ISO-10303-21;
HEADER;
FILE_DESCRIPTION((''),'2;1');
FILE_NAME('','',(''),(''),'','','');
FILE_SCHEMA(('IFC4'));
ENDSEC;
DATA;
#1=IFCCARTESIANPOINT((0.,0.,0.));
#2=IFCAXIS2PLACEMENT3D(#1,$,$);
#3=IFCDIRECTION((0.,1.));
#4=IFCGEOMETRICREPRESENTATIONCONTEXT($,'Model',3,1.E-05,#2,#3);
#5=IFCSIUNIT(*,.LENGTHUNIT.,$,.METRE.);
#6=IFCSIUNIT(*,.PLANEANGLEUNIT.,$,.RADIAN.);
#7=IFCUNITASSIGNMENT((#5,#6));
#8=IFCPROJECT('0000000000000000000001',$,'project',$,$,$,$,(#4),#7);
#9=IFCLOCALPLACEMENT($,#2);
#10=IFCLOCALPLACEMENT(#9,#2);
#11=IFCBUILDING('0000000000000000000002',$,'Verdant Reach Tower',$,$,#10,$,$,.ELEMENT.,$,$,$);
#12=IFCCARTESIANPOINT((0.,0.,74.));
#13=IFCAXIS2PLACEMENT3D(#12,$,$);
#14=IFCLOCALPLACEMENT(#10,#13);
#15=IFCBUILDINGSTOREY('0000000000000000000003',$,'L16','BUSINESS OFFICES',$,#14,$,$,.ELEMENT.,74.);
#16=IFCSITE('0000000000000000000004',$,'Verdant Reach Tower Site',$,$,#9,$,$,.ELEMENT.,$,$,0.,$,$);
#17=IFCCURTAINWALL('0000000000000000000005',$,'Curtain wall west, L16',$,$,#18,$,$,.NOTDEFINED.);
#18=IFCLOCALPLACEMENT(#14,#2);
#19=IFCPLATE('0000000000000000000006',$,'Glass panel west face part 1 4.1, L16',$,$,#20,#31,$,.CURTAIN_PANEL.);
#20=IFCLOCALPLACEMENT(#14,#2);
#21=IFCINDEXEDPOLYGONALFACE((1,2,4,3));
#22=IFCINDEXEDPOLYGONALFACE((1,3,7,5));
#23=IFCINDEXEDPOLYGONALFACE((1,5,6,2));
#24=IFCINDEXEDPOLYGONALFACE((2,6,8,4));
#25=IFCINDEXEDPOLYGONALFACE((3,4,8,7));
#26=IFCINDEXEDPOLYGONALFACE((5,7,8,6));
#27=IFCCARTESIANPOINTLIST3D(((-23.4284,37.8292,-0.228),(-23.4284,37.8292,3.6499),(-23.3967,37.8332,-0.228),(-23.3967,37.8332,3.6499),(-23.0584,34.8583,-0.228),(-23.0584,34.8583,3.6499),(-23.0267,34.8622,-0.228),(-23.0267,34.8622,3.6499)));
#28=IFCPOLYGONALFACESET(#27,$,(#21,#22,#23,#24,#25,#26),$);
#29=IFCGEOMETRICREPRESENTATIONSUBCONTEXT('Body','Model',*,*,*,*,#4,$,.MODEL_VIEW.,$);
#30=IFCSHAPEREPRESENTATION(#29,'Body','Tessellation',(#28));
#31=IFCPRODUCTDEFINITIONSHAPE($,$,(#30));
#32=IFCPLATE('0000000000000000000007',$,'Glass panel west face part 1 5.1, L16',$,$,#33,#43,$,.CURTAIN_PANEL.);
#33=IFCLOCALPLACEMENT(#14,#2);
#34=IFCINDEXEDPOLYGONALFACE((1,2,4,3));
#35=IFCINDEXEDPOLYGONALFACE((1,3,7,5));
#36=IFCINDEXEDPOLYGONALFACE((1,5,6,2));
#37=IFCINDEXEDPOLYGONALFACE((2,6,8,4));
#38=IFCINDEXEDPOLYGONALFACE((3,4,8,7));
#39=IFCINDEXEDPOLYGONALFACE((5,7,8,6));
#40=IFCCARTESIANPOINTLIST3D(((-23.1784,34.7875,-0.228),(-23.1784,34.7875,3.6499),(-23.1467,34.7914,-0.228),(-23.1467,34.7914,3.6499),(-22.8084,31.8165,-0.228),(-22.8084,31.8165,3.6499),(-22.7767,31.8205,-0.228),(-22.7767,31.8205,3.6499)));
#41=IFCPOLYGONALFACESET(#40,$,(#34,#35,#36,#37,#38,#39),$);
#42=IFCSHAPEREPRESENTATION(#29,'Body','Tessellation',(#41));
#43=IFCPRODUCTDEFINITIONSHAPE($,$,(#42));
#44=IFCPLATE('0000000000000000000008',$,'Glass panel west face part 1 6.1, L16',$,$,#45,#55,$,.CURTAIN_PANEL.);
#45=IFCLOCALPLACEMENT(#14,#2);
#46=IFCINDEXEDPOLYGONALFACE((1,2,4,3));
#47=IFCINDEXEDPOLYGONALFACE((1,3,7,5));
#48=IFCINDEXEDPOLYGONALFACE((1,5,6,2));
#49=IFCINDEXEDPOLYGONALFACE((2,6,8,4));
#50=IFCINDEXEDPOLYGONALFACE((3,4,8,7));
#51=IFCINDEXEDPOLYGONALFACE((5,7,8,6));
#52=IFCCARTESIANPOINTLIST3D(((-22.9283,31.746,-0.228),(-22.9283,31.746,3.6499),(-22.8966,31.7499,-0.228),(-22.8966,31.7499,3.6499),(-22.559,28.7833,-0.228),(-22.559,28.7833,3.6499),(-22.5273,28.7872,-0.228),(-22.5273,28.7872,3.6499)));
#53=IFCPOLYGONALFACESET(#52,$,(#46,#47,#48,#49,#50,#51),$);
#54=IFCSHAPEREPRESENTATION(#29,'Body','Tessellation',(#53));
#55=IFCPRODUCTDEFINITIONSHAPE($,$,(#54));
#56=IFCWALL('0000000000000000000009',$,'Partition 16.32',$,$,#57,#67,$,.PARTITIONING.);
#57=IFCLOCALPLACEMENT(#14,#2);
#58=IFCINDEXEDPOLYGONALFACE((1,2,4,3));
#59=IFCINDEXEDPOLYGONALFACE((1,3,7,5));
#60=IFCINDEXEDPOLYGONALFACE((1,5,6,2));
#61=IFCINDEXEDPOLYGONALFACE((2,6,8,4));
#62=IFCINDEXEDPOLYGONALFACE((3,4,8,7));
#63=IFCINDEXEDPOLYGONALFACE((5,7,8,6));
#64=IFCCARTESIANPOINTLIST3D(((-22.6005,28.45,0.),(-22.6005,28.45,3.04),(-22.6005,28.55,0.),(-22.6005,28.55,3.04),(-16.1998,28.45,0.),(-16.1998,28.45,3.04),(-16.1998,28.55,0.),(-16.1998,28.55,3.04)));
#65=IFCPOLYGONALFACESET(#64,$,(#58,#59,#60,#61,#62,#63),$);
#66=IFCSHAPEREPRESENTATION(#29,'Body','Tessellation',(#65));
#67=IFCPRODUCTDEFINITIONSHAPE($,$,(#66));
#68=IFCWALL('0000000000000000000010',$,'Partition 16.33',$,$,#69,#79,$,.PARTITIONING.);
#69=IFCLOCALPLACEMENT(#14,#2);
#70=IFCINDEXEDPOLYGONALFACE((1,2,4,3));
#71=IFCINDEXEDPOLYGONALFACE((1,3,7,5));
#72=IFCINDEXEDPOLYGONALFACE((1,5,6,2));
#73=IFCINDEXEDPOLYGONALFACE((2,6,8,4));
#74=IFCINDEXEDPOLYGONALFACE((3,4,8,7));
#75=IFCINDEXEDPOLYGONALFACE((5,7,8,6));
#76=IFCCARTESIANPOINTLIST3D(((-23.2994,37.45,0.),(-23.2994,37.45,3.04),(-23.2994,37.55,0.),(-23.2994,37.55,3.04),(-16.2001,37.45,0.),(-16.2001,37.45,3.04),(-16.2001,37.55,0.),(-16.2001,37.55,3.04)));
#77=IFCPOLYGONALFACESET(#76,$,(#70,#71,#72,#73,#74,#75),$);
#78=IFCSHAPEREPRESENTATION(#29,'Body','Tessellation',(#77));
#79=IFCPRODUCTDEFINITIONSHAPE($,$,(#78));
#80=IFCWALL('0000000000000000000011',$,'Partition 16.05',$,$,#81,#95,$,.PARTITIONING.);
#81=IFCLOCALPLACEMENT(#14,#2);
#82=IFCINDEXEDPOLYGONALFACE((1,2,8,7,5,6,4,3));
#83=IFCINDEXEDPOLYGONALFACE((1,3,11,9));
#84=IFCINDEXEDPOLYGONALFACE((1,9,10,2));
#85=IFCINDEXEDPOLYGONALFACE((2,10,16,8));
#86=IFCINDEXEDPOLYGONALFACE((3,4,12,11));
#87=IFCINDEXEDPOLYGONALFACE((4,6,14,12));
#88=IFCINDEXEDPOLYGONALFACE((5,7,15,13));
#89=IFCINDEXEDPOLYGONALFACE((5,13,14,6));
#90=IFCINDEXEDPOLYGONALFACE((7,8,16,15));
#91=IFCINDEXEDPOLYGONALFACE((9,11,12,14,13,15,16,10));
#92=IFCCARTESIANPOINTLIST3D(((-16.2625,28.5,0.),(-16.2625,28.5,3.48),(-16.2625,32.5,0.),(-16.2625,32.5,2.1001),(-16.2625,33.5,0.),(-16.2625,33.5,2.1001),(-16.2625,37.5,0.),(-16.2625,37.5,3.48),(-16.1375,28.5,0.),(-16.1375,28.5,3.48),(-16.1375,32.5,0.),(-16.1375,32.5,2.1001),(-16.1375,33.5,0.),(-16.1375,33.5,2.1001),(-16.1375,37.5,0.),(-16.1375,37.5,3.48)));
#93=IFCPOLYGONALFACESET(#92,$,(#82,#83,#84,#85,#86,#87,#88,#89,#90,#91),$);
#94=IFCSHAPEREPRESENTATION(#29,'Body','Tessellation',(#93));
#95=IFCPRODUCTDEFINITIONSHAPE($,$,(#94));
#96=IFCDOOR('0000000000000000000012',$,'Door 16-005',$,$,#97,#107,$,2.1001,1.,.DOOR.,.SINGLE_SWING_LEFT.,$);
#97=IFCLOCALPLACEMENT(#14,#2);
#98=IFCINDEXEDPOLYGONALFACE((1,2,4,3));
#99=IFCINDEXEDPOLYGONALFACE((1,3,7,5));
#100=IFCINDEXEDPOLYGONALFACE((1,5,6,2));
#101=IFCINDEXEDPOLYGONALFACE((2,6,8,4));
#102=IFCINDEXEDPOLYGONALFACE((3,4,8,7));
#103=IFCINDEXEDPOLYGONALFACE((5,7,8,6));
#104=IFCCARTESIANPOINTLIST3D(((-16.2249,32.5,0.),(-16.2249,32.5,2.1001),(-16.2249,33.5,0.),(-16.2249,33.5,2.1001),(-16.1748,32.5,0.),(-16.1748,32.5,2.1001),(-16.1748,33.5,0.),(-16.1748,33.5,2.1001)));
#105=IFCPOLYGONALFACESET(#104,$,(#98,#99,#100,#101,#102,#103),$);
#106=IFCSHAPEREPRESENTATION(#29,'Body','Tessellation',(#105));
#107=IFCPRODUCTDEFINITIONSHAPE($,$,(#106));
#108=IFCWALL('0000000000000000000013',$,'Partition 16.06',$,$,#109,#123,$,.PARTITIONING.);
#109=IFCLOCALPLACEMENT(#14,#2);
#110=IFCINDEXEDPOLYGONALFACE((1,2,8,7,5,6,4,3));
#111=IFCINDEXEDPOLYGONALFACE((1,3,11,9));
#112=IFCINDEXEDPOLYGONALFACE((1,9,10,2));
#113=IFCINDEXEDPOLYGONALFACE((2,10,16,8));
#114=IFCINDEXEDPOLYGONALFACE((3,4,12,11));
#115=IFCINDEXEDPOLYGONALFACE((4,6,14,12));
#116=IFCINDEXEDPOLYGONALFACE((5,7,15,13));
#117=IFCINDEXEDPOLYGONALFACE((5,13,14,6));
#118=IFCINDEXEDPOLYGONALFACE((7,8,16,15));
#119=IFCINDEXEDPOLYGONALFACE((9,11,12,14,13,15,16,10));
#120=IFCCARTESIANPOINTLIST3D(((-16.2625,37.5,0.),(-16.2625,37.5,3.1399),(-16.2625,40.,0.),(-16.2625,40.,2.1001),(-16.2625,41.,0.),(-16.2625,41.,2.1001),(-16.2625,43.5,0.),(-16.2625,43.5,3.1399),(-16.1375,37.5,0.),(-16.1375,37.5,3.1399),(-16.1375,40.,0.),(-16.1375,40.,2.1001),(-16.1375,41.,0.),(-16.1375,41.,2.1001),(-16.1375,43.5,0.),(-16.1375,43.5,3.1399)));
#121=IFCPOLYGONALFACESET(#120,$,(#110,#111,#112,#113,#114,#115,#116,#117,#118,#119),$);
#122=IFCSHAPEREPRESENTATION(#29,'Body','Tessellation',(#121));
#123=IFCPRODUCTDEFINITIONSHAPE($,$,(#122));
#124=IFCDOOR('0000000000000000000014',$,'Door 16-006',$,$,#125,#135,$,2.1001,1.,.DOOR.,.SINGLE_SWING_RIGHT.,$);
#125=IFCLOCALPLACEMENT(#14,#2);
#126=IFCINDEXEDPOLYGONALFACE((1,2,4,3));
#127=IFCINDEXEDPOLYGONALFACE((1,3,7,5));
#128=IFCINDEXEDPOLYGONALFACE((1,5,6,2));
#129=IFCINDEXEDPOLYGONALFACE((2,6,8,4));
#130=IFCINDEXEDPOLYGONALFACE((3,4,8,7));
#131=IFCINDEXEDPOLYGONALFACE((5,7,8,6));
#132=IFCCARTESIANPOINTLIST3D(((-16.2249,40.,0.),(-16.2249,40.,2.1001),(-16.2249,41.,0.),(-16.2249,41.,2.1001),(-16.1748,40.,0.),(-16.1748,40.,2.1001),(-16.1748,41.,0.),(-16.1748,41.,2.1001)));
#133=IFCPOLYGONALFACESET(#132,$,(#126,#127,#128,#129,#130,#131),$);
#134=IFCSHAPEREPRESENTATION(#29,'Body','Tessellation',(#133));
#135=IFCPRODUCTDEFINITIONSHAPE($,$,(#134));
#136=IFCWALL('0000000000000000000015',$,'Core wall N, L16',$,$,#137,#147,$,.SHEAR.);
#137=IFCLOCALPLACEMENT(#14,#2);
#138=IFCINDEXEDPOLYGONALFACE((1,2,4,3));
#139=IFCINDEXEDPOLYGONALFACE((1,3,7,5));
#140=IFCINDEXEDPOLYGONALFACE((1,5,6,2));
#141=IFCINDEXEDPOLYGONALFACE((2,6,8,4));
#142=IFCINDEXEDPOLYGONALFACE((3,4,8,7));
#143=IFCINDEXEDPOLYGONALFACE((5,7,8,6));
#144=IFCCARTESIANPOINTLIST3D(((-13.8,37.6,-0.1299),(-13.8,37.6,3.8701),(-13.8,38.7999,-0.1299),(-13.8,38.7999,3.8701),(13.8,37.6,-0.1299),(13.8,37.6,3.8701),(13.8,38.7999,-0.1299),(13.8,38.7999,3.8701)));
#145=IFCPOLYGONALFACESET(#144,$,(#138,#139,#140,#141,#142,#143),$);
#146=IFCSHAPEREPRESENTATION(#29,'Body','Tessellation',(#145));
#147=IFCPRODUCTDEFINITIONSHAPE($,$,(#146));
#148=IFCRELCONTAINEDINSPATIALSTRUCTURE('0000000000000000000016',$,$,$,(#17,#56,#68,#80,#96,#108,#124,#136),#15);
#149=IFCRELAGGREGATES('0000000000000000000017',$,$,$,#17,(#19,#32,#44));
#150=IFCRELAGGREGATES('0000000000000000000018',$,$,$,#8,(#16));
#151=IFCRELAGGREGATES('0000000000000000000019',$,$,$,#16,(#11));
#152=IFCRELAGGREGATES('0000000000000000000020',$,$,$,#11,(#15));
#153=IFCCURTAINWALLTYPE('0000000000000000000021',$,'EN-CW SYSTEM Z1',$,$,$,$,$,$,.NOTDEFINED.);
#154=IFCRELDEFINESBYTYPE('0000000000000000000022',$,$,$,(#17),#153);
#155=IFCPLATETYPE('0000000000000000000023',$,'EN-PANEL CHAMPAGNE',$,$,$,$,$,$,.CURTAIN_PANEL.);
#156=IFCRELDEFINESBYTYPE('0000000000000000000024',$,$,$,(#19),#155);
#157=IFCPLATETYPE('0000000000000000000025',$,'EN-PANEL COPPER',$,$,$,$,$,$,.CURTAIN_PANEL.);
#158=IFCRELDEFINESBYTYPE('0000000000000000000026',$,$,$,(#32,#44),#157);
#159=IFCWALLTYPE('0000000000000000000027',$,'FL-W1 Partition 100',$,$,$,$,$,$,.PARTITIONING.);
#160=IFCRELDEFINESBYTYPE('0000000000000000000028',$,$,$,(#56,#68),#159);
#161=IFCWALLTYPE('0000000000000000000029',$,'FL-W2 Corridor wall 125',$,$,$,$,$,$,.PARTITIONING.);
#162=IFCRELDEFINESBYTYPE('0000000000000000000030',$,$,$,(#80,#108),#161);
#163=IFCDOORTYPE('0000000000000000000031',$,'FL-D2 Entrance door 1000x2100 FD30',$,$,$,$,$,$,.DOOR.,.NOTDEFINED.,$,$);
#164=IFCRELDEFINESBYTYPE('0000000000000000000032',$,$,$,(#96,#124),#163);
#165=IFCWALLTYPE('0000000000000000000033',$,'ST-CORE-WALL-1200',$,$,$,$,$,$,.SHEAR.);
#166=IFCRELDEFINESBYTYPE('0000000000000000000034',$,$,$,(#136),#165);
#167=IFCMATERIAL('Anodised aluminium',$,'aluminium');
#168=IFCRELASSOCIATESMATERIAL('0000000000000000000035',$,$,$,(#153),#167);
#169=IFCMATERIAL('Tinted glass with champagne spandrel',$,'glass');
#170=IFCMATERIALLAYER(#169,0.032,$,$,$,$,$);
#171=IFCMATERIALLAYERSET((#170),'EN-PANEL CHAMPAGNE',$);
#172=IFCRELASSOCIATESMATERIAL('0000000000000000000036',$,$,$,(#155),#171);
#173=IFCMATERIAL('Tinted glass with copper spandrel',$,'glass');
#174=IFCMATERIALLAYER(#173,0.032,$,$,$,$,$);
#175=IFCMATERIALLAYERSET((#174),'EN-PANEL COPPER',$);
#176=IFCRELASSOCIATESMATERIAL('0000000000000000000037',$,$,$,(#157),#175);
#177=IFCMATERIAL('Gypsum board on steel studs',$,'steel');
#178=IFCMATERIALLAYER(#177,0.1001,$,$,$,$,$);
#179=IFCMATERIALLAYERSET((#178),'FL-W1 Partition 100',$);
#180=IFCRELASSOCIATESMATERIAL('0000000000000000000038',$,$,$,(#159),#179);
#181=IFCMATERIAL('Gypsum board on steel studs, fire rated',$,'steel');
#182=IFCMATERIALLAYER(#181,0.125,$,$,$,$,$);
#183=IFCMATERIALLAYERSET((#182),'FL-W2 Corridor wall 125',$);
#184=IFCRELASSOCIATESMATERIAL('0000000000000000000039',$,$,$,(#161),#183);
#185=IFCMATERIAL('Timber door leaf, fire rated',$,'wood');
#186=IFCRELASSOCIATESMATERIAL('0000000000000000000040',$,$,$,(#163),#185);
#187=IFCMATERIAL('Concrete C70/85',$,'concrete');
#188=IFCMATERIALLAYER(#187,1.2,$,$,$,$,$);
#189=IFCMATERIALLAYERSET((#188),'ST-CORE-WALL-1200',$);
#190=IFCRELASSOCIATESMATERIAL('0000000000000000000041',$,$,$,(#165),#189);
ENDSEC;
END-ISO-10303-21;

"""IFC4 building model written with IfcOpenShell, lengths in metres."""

from ifc_helpers import new_model, si_unit, direction, frame, frame_2d, origin, origin_2d, place, context, subcontext, project, spatial, rectangle, extrude, material, layer, layer_set, type_object, element, fill, aggregate, save


model = new_model("IFC4")

# Units and contexts
model_context = context("Model", 3, precision=1e-05, world=origin(), true_north=direction((0.0, 1.0)))
body_context = subcontext(model_context, "Body", "Model", "MODEL_VIEW")
ifc_project = project(units=[si_unit("LENGTHUNIT", "METRE"), si_unit("PLANEANGLEUNIT", "RADIAN")], contexts=[model_context])

# Site, building, storey
site_placement = place(None, origin())
site = spatial("IfcSite", under=ifc_project, at=site_placement, Name="Verdant Reach Tower Site", CompositionType="ELEMENT", RefElevation=0.0)
building_placement = place(site_placement, origin())
building = spatial("IfcBuilding", under=site, at=building_placement, Name="Verdant Reach Tower", CompositionType="ELEMENT")
storey_placement = place(building_placement, frame((0.0, 0.0, 74.0)))
storey = spatial("IfcBuildingStorey", under=building, at=storey_placement, Name="L16", Description="BUSINESS OFFICES", CompositionType="ELEMENT", Elevation=74.0)

# Curtain wall
ifc_material_1 = material(Name="Anodised aluminium", Category="aluminium")
curtain_wall_type = type_object("IfcCurtainWallType", Name="EN-CW SYSTEM Z1", PredefinedType="NOTDEFINED", material=ifc_material_1)
curtain_wall_placement = place(storey_placement, origin())
curtain_wall = element("IfcCurtainWall", 1, at=curtain_wall_placement, inside=storey, type_object=curtain_wall_type, Name="Curtain wall west, L16", PredefinedType="NOTDEFINED")

# Plates
ifc_material_2 = material(Name="Tinted glass with champagne spandrel", Category="glass")
ifc_layer_1 = layer(ifc_material_2, 0.032)
ifc_layer_set_1 = layer_set([ifc_layer_1], Name="EN-PANEL CHAMPAGNE")
plate_type_1 = type_object("IfcPlateType", Name="EN-PANEL CHAMPAGNE", PredefinedType="CURTAIN_PANEL", material=ifc_layer_set_1)
plate_1_placement = place(storey_placement, frame((-23.2275, 36.3457, -0.228), z_axis=(0.0, 0.0, 1.0), x_axis=(0.123579, -0.992335, 0.0)))
plate_1 = element("IfcPlate", 2, at=plate_1_placement, type_object=plate_type_1, Name="Glass panel west face part 1 4.1, L16", PredefinedType="CURTAIN_PANEL", context=body_context, shape_type="SweptSolid", body=[
    extrude(rectangle(XDim=2.9939, YDim=0.032, at=origin_2d()), origin(), (0.0, 0.0, 1.0), 3.8779),
])
ifc_material_3 = material(Name="Tinted glass with copper spandrel", Category="glass")
ifc_layer_2 = layer(ifc_material_3, 0.032)
ifc_layer_set_2 = layer_set([ifc_layer_2], Name="EN-PANEL COPPER")
plate_type_2 = type_object("IfcPlateType", Name="EN-PANEL COPPER", PredefinedType="CURTAIN_PANEL", material=ifc_layer_set_2)
plate_2_placement = place(storey_placement, frame((-22.9775, 33.304, -0.228), z_axis=(0.0, 0.0, 1.0), x_axis=(0.123579, -0.992335, 0.0)))
plate_2 = element("IfcPlate", 3, at=plate_2_placement, type_object=plate_type_2, Name="Glass panel west face part 1 5.1, L16", PredefinedType="CURTAIN_PANEL", context=body_context, shape_type="SweptSolid", body=[
    extrude(rectangle(XDim=2.9939, YDim=0.032, at=origin_2d()), origin(), (0.0, 0.0, 1.0), 3.8779),
])
plate_3_placement = place(storey_placement, frame((-22.7278, 30.2666, -0.228), z_axis=(0.0, 0.0, 1.0), x_axis=(0.123691, -0.992321, 0.0)))
plate_3 = element("IfcPlate", 4, at=plate_3_placement, type_object=plate_type_2, Name="Glass panel west face part 1 6.1, L16", PredefinedType="CURTAIN_PANEL", context=body_context, shape_type="SweptSolid", body=[
    extrude(rectangle(XDim=2.9856, YDim=0.032, at=origin_2d()), origin(), (0.0, 0.0, 1.0), 3.8779),
])
aggregate(curtain_wall, [plate_1, plate_2, plate_3])

# Walls
ifc_material_4 = material(Name="Gypsum board on steel studs", Category="steel")
ifc_layer_3 = layer(ifc_material_4, 0.1001)
ifc_layer_set_3 = layer_set([ifc_layer_3], Name="FL-W1 Partition 100")
wall_type_1 = type_object("IfcWallType", Name="FL-W1 Partition 100", PredefinedType="PARTITIONING", material=ifc_layer_set_3)
wall_1_placement = place(storey_placement, frame((-16.2, 28.5, 0.0), z_axis=(0.0, 0.0, 1.0), x_axis=(-1.0, 0.0, 0.0)))
element("IfcWall", 5, at=wall_1_placement, inside=storey, type_object=wall_type_1, Name="Partition 16.32", PredefinedType="PARTITIONING", context=body_context, shape_type="SweptSolid", body=[
    extrude(rectangle(XDim=6.4006, YDim=0.1001, at=frame_2d((3.2002, 0.0))), origin(), (0.0, 0.0, 1.0), 3.04),
])
wall_2_placement = place(storey_placement, frame((-16.2, 37.5, 0.0), z_axis=(0.0, 0.0, 1.0), x_axis=(-1.0, 0.0, 0.0)))
element("IfcWall", 6, at=wall_2_placement, inside=storey, type_object=wall_type_1, Name="Partition 16.33", PredefinedType="PARTITIONING", context=body_context, shape_type="SweptSolid", body=[
    extrude(rectangle(XDim=7.0994, YDim=0.1001, at=frame_2d((3.5498, 0.0))), origin(), (0.0, 0.0, 1.0), 3.04),
])

# Walls, openings, doors
ifc_material_5 = material(Name="Gypsum board on steel studs, fire rated", Category="steel")
ifc_layer_4 = layer(ifc_material_5, 0.125)
ifc_layer_set_4 = layer_set([ifc_layer_4], Name="FL-W2 Corridor wall 125")
wall_type_2 = type_object("IfcWallType", Name="FL-W2 Corridor wall 125", PredefinedType="PARTITIONING", material=ifc_layer_set_4)
wall_3_placement = place(storey_placement, frame((-16.2, 28.5, 0.0), z_axis=(0.0, 0.0, 1.0), x_axis=(0.0, 1.0, 0.0)))
wall_3 = element("IfcWall", 7, at=wall_3_placement, inside=storey, type_object=wall_type_2, Name="Partition 16.05", PredefinedType="PARTITIONING", context=body_context, shape_type="SweptSolid", body=[
    extrude(rectangle(XDim=9.0, YDim=0.125, at=frame_2d((4.5, 0.0))), origin(), (0.0, 0.0, 1.0), 3.48),
])
opening_1_placement = place(wall_3_placement, frame((4.0, 0.0, 0.0)))
opening_1 = element("IfcOpeningElement", 8, at=opening_1_placement, cuts=wall_3, PredefinedType="OPENING", context=body_context, shape_type="SweptSolid", body=[
    extrude(rectangle(XDim=1.0, YDim=2.1001, at=frame_2d((0.5, 1.05))), frame((0.0, 0.0725, 0.0), z_axis=(0.0, -1.0, 0.0), x_axis=(1.0, 0.0, 0.0)), (0.0, 0.0, 1.0), 0.145),
])
ifc_material_6 = material(Name="Timber door leaf, fire rated", Category="wood")
door_type = type_object("IfcDoorType", Name="FL-D2 Entrance door 1000x2100 FD30", OperationType="NOTDEFINED", PredefinedType="DOOR", material=ifc_material_6)
door_1_placement = place(opening_1_placement, origin())
door_1 = element("IfcDoor", 9, at=door_1_placement, inside=storey, type_object=door_type, Name="Door 16-005", OperationType="SINGLE_SWING_LEFT", OverallHeight=2.1001, OverallWidth=1.0, PredefinedType="DOOR", context=body_context, shape_type="SweptSolid", body=[
    extrude(rectangle(XDim=1.0, YDim=2.1001, at=frame_2d((0.5, 1.05))), frame((0.0, 0.0249, 0.0), z_axis=(0.0, -1.0, 0.0), x_axis=(1.0, 0.0, 0.0)), (0.0, 0.0, 1.0), 0.05),
])
fill(opening_1, door_1)
wall_4_placement = place(storey_placement, frame((-16.2, 37.5, 0.0), z_axis=(0.0, 0.0, 1.0), x_axis=(0.0, 1.0, 0.0)))
wall_4 = element("IfcWall", 10, at=wall_4_placement, inside=storey, type_object=wall_type_2, Name="Partition 16.06", PredefinedType="PARTITIONING", context=body_context, shape_type="SweptSolid", body=[
    extrude(rectangle(XDim=6.0, YDim=0.125, at=frame_2d((3.0, 0.0))), origin(), (0.0, 0.0, 1.0), 3.1399),
])
opening_2_placement = place(wall_4_placement, frame((2.5, 0.0, 0.0)))
opening_2 = element("IfcOpeningElement", 11, at=opening_2_placement, cuts=wall_4, PredefinedType="OPENING", context=body_context, shape_type="SweptSolid", body=[
    extrude(rectangle(XDim=1.0, YDim=2.1001, at=frame_2d((0.5, 1.05))), frame((0.0, 0.0725, 0.0), z_axis=(0.0, -1.0, 0.0), x_axis=(1.0, 0.0, 0.0)), (0.0, 0.0, 1.0), 0.145),
])
door_2_placement = place(opening_2_placement, origin())
door_2 = element("IfcDoor", 12, at=door_2_placement, inside=storey, type_object=door_type, Name="Door 16-006", OperationType="SINGLE_SWING_RIGHT", OverallHeight=2.1001, OverallWidth=1.0, PredefinedType="DOOR", context=body_context, shape_type="SweptSolid", body=[
    extrude(rectangle(XDim=1.0, YDim=2.1001, at=frame_2d((0.5, 1.05))), frame((0.0, 0.0249, 0.0), z_axis=(0.0, -1.0, 0.0), x_axis=(1.0, 0.0, 0.0)), (0.0, 0.0, 1.0), 0.05),
])
fill(opening_2, door_2)

# Wall
ifc_material_7 = material(Name="Concrete C70/85", Category="concrete")
ifc_layer_5 = layer(ifc_material_7, 1.2)
ifc_layer_set_5 = layer_set([ifc_layer_5], Name="ST-CORE-WALL-1200")
wall_type_3 = type_object("IfcWallType", Name="ST-CORE-WALL-1200", PredefinedType="SHEAR", material=ifc_layer_set_5)
wall_5_placement = place(storey_placement, frame((-13.8, 38.2, -0.1299), z_axis=(0.0, 0.0, 1.0), x_axis=(1.0, 0.0, 0.0)))
element("IfcWall", 13, at=wall_5_placement, inside=storey, type_object=wall_type_3, Name="Core wall N, L16", PredefinedType="SHEAR", context=body_context, shape_type="SweptSolid", body=[
    extrude(rectangle(XDim=27.6001, YDim=1.2, at=frame_2d((13.8, 0.0))), origin(), (0.0, 0.0, 1.0), 4.0),
])

save(model, "model.ifc")
